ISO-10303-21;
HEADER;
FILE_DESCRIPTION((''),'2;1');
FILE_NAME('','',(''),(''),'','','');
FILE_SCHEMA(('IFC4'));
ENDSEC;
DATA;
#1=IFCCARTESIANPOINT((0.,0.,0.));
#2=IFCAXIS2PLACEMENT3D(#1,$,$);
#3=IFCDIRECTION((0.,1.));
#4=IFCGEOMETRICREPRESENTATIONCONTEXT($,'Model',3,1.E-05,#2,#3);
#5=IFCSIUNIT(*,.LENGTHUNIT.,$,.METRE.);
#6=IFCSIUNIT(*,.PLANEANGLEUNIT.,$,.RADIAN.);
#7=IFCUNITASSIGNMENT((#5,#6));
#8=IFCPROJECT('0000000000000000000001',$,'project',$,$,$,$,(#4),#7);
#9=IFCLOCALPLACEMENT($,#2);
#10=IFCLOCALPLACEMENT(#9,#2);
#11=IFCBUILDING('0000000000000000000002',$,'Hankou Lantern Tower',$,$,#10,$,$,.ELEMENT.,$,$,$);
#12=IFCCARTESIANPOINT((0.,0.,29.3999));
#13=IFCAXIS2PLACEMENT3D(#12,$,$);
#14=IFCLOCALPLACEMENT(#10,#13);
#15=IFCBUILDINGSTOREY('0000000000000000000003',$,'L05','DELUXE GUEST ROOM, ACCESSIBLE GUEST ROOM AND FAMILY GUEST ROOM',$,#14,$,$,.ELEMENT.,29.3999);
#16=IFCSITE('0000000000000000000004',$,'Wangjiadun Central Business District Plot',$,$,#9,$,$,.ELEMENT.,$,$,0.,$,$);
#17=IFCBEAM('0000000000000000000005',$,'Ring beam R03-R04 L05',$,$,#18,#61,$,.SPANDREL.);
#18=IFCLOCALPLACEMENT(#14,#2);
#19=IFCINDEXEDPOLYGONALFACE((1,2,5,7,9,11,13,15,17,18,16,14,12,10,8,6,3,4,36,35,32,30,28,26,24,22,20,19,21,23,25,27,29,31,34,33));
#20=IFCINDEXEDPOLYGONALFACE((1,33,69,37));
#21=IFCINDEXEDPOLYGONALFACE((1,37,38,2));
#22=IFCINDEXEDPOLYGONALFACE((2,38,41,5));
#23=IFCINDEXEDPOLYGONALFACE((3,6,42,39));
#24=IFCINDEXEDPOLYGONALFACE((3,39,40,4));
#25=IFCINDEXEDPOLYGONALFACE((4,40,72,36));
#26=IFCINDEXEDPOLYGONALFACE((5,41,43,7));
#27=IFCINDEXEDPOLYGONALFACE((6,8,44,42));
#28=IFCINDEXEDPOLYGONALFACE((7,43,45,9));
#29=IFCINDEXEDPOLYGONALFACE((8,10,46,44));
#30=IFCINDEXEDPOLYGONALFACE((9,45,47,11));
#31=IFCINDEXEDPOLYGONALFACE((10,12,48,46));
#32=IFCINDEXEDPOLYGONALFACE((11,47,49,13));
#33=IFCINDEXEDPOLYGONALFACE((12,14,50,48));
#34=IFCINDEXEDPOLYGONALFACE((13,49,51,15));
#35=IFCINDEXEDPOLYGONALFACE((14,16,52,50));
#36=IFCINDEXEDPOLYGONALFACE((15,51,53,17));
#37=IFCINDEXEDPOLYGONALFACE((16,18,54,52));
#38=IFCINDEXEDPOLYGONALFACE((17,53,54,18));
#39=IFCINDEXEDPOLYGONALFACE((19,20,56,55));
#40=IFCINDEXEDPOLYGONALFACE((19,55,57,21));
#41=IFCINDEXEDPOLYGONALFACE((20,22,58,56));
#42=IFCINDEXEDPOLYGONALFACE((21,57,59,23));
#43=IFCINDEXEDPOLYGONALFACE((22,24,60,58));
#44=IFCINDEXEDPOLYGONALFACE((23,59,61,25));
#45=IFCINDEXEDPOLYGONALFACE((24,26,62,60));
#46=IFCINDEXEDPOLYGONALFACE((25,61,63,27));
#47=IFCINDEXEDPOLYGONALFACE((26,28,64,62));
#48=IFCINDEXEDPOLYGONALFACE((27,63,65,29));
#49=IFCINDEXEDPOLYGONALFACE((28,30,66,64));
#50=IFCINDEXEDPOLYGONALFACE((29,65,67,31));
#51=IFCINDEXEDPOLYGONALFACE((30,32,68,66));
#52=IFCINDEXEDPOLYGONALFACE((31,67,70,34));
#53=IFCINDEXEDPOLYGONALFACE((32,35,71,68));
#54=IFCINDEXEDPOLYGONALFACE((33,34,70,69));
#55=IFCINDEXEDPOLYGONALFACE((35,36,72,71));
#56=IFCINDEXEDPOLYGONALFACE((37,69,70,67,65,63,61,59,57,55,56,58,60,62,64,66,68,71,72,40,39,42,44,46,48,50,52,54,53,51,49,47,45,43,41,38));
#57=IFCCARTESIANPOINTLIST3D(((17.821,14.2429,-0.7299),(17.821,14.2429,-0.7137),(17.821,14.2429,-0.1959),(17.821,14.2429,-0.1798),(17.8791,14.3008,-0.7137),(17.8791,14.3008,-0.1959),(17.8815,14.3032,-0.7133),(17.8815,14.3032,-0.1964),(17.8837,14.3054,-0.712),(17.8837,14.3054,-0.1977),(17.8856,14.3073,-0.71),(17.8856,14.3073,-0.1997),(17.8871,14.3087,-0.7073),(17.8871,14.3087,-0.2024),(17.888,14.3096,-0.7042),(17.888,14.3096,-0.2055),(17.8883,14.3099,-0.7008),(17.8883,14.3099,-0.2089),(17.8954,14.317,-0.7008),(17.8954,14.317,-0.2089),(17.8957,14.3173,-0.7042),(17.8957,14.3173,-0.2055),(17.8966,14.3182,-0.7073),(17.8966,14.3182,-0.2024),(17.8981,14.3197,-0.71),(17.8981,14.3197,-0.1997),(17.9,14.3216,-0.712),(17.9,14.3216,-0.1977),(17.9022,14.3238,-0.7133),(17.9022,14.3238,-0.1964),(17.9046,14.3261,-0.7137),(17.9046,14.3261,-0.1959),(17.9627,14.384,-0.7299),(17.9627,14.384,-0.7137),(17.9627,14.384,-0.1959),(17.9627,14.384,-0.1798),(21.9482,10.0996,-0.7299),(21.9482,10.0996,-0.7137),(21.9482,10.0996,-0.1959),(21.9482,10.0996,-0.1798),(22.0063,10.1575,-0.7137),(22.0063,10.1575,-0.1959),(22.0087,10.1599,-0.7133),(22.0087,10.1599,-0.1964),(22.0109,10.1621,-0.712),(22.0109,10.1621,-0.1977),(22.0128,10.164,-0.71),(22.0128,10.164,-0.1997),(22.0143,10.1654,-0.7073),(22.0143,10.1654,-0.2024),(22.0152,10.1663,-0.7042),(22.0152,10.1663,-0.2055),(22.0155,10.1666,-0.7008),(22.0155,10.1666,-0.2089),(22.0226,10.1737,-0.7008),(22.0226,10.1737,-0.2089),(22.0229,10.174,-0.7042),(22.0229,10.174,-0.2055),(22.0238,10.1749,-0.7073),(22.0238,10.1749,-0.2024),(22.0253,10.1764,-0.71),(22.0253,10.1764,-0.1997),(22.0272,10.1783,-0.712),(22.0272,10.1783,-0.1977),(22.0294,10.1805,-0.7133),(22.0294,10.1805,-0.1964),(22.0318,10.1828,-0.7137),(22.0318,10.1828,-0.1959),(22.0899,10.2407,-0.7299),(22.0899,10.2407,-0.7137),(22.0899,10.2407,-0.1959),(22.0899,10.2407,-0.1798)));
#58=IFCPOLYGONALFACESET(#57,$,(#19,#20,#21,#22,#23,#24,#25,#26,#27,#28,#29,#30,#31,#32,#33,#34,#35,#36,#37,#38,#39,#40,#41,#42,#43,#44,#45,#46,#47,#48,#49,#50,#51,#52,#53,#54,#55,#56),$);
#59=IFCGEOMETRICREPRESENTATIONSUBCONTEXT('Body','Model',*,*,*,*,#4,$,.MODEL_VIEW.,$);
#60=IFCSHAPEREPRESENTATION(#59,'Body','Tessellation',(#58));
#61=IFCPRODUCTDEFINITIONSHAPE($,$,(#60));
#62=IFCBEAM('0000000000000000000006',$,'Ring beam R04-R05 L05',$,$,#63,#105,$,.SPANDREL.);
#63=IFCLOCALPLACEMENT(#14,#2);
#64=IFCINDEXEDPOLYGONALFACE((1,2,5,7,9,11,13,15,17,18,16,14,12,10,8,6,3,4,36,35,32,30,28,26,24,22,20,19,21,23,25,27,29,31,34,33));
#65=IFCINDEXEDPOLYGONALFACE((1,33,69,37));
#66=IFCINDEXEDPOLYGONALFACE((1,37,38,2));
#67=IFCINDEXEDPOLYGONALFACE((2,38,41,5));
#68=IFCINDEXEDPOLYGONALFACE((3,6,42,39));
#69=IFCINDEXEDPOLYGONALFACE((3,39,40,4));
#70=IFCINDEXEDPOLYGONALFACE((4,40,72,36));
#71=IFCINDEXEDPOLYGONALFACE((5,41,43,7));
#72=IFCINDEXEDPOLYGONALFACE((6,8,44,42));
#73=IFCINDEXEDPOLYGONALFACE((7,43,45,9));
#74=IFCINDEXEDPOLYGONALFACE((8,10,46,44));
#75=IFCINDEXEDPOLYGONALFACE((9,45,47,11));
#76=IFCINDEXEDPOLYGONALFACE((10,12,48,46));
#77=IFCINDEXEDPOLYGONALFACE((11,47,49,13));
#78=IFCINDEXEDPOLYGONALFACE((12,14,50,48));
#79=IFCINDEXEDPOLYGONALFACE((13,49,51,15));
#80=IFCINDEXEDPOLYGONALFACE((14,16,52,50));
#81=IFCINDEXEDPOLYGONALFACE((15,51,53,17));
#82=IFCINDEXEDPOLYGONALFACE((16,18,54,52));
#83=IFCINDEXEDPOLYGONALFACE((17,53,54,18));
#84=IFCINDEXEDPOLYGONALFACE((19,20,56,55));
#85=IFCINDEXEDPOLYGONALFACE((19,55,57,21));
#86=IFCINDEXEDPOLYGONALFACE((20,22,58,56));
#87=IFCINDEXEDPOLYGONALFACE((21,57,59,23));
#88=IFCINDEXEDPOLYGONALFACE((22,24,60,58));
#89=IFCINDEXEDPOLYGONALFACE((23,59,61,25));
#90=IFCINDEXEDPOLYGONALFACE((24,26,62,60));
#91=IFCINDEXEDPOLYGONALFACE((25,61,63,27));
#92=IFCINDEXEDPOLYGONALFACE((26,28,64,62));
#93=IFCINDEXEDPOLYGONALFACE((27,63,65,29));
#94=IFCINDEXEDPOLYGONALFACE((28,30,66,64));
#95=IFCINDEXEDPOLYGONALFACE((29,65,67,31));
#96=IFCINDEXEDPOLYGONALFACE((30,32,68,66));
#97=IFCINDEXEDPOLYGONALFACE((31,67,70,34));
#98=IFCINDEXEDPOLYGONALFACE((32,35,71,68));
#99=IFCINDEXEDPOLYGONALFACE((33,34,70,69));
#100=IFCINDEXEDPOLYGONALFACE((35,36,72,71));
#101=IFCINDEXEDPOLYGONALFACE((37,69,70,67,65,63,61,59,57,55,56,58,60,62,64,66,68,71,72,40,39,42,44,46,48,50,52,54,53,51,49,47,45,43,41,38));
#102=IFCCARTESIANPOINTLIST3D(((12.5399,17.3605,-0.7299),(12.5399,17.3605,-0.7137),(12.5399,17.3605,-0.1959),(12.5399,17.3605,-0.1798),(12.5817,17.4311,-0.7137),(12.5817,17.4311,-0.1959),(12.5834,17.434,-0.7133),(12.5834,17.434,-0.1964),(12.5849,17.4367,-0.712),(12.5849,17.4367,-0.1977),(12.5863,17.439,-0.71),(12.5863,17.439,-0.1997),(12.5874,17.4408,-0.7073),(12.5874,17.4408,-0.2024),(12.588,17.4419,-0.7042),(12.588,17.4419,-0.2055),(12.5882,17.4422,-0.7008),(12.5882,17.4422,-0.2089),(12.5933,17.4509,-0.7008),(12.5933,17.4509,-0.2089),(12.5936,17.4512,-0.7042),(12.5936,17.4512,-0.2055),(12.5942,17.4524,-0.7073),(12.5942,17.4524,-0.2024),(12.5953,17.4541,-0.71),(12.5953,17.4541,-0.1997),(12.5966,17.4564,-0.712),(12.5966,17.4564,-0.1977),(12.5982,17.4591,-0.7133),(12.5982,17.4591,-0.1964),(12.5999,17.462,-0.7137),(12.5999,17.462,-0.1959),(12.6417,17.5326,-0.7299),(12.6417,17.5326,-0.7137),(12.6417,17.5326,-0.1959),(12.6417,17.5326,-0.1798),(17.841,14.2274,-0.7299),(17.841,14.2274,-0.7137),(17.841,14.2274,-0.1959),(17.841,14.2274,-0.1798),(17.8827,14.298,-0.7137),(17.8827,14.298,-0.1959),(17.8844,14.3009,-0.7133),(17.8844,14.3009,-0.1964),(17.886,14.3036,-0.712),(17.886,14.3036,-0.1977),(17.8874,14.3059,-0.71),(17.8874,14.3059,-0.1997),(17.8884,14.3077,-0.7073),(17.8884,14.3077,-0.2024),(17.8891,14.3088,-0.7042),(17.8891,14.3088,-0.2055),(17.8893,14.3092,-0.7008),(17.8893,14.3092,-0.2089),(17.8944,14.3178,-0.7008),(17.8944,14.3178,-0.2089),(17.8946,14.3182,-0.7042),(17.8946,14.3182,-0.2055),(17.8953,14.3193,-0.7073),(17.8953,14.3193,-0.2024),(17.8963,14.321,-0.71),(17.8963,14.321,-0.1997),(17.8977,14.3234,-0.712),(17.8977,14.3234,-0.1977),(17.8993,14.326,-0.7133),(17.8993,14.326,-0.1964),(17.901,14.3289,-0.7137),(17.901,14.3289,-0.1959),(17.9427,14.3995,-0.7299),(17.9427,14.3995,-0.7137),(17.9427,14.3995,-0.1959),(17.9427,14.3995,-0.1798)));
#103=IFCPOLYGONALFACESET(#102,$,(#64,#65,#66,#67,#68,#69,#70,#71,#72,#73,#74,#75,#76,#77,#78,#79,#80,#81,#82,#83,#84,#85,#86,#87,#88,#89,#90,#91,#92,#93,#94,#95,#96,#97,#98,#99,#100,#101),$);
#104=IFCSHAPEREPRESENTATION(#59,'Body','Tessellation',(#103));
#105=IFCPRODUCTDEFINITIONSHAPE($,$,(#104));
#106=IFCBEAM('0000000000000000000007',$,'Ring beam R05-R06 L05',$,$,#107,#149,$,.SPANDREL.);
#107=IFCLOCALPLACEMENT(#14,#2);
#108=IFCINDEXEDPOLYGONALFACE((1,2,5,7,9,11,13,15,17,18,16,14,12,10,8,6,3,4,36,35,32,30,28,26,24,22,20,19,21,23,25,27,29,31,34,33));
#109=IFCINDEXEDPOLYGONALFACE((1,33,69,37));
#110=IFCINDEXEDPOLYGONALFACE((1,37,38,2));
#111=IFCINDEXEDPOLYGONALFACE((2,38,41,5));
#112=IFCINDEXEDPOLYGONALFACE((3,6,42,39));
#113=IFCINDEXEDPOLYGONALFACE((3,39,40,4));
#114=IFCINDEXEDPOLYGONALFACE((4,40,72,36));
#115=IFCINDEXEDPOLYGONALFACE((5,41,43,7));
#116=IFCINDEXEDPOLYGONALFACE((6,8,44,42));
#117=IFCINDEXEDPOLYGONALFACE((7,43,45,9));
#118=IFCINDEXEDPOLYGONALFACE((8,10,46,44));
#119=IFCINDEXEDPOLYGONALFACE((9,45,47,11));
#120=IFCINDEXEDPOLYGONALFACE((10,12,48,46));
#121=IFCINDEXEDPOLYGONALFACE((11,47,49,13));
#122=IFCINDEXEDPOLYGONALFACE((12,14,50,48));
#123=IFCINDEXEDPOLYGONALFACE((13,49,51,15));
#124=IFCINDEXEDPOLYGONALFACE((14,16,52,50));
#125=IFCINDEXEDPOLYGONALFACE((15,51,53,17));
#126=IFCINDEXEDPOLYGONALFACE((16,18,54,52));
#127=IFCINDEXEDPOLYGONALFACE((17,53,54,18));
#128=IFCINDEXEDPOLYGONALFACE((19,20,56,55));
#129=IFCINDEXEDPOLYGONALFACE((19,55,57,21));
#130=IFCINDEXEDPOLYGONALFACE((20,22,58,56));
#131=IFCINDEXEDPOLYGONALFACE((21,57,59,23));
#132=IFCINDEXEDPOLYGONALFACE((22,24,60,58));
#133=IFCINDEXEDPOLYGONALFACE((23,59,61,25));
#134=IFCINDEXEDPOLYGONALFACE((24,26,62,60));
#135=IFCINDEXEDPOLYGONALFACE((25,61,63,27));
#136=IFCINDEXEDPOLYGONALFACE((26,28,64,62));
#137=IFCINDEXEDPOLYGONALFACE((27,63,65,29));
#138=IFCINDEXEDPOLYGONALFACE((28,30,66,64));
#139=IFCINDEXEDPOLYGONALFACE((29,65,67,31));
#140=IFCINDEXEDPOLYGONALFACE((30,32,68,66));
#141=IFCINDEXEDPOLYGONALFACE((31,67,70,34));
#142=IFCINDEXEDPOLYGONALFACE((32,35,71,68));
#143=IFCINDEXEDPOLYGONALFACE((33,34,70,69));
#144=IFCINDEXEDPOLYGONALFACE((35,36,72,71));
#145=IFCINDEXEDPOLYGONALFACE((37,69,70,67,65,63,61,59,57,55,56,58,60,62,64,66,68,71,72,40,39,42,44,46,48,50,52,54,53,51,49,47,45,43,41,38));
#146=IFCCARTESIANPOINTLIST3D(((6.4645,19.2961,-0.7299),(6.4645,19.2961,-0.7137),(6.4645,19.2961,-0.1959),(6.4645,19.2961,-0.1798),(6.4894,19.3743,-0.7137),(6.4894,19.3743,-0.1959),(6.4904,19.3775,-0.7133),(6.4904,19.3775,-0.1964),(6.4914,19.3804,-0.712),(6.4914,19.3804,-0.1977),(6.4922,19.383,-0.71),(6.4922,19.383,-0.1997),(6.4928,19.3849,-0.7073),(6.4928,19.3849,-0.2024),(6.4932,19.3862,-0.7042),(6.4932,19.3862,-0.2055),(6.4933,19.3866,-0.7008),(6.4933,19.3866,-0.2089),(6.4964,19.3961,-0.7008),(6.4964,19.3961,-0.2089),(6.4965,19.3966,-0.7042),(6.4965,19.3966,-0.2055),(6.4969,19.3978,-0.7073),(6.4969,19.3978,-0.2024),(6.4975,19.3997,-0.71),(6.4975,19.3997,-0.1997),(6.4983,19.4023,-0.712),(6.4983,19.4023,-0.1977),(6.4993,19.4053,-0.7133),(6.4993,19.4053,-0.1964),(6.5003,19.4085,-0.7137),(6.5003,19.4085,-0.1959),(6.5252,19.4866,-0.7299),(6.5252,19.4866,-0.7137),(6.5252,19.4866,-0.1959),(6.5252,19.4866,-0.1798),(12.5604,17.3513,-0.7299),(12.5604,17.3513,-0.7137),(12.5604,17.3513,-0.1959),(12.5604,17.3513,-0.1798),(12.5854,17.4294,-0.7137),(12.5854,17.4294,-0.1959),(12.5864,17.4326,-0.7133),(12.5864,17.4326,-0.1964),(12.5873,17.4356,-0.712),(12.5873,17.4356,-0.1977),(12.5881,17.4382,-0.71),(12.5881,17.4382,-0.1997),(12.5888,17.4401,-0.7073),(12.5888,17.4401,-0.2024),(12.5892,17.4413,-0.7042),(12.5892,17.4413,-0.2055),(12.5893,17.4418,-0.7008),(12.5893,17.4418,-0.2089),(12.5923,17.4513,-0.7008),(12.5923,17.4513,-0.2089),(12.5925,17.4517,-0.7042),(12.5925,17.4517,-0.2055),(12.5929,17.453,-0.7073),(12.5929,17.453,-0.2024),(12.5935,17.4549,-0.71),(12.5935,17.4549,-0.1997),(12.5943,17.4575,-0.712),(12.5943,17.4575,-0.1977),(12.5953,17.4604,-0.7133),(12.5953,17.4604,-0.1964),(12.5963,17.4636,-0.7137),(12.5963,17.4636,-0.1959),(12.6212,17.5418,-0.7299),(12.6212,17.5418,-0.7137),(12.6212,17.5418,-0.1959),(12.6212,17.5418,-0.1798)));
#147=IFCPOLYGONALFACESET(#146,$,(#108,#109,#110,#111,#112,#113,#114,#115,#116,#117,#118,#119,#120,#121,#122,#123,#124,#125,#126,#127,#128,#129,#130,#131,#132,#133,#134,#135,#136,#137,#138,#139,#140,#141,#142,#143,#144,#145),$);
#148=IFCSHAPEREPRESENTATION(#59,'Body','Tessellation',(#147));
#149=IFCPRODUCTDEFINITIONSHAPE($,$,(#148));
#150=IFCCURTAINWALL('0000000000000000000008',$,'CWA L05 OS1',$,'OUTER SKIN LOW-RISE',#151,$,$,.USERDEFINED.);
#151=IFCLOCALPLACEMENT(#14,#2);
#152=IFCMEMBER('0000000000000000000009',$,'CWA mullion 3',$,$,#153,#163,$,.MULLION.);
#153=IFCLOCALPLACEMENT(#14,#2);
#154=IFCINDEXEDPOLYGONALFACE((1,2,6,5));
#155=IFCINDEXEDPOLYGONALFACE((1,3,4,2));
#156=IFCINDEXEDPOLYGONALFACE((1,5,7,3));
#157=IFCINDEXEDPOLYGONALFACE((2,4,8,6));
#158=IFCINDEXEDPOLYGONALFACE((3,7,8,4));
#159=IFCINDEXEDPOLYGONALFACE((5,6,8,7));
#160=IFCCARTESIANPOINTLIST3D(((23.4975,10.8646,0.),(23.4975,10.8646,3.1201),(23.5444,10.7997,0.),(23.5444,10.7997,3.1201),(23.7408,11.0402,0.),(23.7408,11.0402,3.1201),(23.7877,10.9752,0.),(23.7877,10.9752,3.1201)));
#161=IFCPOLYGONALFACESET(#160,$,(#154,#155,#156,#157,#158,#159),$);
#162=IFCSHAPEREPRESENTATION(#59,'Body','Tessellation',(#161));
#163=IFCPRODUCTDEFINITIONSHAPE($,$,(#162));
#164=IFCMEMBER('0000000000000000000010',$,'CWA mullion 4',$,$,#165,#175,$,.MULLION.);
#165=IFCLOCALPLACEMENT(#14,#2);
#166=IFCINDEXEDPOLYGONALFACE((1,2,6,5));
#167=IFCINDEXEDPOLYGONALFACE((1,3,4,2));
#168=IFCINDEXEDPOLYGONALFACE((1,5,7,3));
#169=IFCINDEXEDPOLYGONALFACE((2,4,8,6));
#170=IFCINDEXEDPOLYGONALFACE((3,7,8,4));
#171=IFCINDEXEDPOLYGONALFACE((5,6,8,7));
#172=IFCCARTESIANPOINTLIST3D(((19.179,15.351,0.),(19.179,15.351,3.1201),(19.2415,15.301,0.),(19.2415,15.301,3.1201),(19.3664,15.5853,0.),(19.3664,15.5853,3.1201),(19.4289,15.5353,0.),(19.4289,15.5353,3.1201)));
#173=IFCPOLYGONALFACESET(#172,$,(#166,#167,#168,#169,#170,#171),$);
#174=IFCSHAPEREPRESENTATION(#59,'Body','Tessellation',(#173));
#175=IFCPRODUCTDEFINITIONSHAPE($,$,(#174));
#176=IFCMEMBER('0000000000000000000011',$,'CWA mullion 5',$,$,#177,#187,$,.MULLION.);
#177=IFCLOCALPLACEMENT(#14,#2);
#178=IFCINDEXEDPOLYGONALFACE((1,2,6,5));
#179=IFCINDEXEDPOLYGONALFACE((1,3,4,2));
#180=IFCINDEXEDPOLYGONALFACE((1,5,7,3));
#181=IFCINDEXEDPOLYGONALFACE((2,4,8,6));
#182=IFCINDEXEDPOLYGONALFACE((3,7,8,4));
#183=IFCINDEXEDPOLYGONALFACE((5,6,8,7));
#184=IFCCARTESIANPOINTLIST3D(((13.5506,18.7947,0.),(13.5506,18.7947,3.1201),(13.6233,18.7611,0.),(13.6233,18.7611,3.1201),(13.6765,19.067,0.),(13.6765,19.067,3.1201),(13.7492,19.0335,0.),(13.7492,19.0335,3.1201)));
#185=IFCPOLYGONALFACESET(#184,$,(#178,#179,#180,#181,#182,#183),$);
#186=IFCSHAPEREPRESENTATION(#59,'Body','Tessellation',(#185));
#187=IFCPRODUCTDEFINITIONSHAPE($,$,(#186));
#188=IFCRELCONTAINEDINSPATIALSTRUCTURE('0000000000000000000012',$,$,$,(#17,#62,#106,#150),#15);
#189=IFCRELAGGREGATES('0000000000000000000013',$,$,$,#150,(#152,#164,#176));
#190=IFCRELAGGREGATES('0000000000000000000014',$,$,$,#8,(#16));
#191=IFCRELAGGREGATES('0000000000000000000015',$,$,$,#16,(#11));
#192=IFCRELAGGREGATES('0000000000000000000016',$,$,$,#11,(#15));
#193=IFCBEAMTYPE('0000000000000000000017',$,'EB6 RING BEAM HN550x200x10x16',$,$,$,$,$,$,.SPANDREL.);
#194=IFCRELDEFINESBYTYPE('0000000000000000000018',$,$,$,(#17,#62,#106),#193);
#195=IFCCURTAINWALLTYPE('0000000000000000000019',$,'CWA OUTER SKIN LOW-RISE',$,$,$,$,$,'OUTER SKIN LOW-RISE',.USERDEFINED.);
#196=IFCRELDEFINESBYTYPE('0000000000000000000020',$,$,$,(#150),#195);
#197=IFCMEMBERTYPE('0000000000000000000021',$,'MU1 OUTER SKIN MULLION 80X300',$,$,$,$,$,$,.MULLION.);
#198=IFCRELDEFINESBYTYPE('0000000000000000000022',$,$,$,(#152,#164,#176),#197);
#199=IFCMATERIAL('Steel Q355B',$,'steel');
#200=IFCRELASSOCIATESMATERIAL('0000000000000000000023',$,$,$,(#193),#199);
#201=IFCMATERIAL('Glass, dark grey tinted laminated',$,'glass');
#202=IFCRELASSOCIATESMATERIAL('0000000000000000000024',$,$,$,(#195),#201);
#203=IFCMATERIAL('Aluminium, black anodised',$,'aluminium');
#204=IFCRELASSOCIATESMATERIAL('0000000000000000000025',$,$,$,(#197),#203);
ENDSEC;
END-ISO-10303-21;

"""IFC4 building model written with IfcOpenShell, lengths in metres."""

from ifc_helpers import new_model, si_unit, direction, frame, origin, origin_2d, place, context, subcontext, project, spatial, rectangle, i_section, extrude, material, material_profile, profile_set, type_object, element, aggregate, save


model = new_model("IFC4")

# Units and contexts
model_context = context("Model", 3, precision=1e-05, world=origin(), true_north=direction((0.0, 1.0)))
body_context = subcontext(model_context, "Body", "Model", "MODEL_VIEW")
ifc_project = project(units=[si_unit("LENGTHUNIT", "METRE"), si_unit("PLANEANGLEUNIT", "RADIAN")], contexts=[model_context])

# Site, building, storey
site_placement = place(None, origin())
site = spatial("IfcSite", under=ifc_project, at=site_placement, Name="Wangjiadun Central Business District Plot", CompositionType="ELEMENT", RefElevation=0.0)
building_placement = place(site_placement, origin())
building = spatial("IfcBuilding", under=site, at=building_placement, Name="Hankou Lantern Tower", CompositionType="ELEMENT")
storey_placement = place(building_placement, frame((0.0, 0.0, 29.3999)))
storey = spatial("IfcBuildingStorey", under=building, at=storey_placement, Name="L05", Description="DELUXE GUEST ROOM, ACCESSIBLE GUEST ROOM AND FAMILY GUEST ROOM", CompositionType="ELEMENT", Elevation=29.3999)

# Beams
ifc_material_1 = material(Name="Steel Q355B", Category="steel")
ifc_material_profile_1 = material_profile(ifc_material_1, i_section(OverallWidth=0.2, OverallDepth=0.55, WebThickness=0.01, FlangeThickness=0.0161, FilletRadius=0.0129, at=origin_2d()), Name="HN550x200x10x16")
ifc_profile_set_1 = profile_set([ifc_material_profile_1], Name="Steel Q355B")
beam_type_1 = type_object("IfcBeamType", Name="EB6 RING BEAM HN550x200x10x16", PredefinedType="SPANDREL", material=ifc_profile_set_1)
beam_1_placement = place(storey_placement, frame((22.019, 10.1702, -0.4548), z_axis=(-0.705728, 0.708483, 0.0), x_axis=(-0.708483, -0.705728, 0.0)))
element("IfcBeam", 1, at=beam_1_placement, inside=storey, type_object=beam_type_1, Name="Ring beam R03-R04 L05", PredefinedType="SPANDREL", context=body_context, shape_type="SweptSolid", body=[
    extrude(i_section(OverallWidth=0.2, OverallDepth=0.55, WebThickness=0.01, FlangeThickness=0.0161, FilletRadius=0.0129, at=origin_2d()), origin(), (0.0, 0.0, 1.0), 5.8481),
])
beam_2_placement = place(storey_placement, frame((17.8918, 14.3135, -0.4548), z_axis=(-0.860882, 0.508805, 0.0), x_axis=(-0.508805, -0.860882, 0.0)))
element("IfcBeam", 2, at=beam_2_placement, inside=storey, type_object=beam_type_1, Name="Ring beam R04-R05 L05", PredefinedType="SPANDREL", context=body_context, shape_type="SweptSolid", body=[
    extrude(i_section(OverallWidth=0.2, OverallDepth=0.55, WebThickness=0.01, FlangeThickness=0.0161, FilletRadius=0.0129, at=origin_2d()), origin(), (0.0, 0.0, 1.0), 6.1577),
])
beam_3_placement = place(storey_placement, frame((12.5908, 17.4465, -0.4548), z_axis=(-0.95269, 0.303942, 0.0), x_axis=(-0.303942, -0.95269, 0.0)))
element("IfcBeam", 3, at=beam_3_placement, inside=storey, type_object=beam_type_1, Name="Ring beam R05-R06 L05", PredefinedType="SPANDREL", context=body_context, shape_type="SweptSolid", body=[
    extrude(i_section(OverallWidth=0.2, OverallDepth=0.55, WebThickness=0.01, FlangeThickness=0.0161, FilletRadius=0.0129, at=origin_2d()), origin(), (0.0, 0.0, 1.0), 6.3987),
])

# Curtain wall, members
ifc_material_2 = material(Name="Glass, dark grey tinted laminated", Category="glass")
curtain_wall_type = type_object("IfcCurtainWallType", Name="CWA OUTER SKIN LOW-RISE", ElementType="OUTER SKIN LOW-RISE", PredefinedType="USERDEFINED", material=ifc_material_2)
curtain_wall_placement = place(storey_placement, origin())
curtain_wall = element("IfcCurtainWall", 4, at=curtain_wall_placement, inside=storey, type_object=curtain_wall_type, Name="CWA L05 OS1", ObjectType="OUTER SKIN LOW-RISE", PredefinedType="USERDEFINED")
ifc_material_3 = material(Name="Aluminium, black anodised", Category="aluminium")
ifc_material_profile_2 = material_profile(ifc_material_3, rectangle(XDim=0.0801, YDim=0.3, at=origin_2d()), Name="MU1 80X300")
ifc_profile_set_2 = profile_set([ifc_material_profile_2], Name="Aluminium, black anodised")
member_type_1 = type_object("IfcMemberType", Name="MU1 OUTER SKIN MULLION 80X300", PredefinedType="MULLION", material=ifc_profile_set_2)
member_1_placement = place(storey_placement, frame((23.6426, 10.9199, 0.0), z_axis=(0.0, 0.0, 1.0), x_axis=(-0.585206, 0.810885, 0.0)))
member_1 = element("IfcMember", 5, at=member_1_placement, type_object=member_type_1, Name="CWA mullion 3", PredefinedType="MULLION", context=body_context, shape_type="SweptSolid", body=[
    extrude(rectangle(XDim=0.0801, YDim=0.3, at=origin_2d()), origin(), (0.0, 0.0, 1.0), 3.1201),
])
member_2_placement = place(storey_placement, frame((19.304, 15.4431, 0.0), z_axis=(0.0, 0.0, 1.0), x_axis=(-0.780869, 0.624695, 0.0)))
member_2 = element("IfcMember", 6, at=member_2_placement, type_object=member_type_1, Name="CWA mullion 4", PredefinedType="MULLION", context=body_context, shape_type="SweptSolid", body=[
    extrude(rectangle(XDim=0.0801, YDim=0.3, at=origin_2d()), origin(), (0.0, 0.0, 1.0), 3.1201),
])
member_3_placement = place(storey_placement, frame((13.6499, 18.9141, 0.0), z_axis=(0.0, 0.0, 1.0), x_axis=(-0.907841, 0.419314, 0.0)))
member_3 = element("IfcMember", 7, at=member_3_placement, type_object=member_type_1, Name="CWA mullion 5", PredefinedType="MULLION", context=body_context, shape_type="SweptSolid", body=[
    extrude(rectangle(XDim=0.0801, YDim=0.3, at=origin_2d()), origin(), (0.0, 0.0, 1.0), 3.1201),
])

aggregate(curtain_wall, [member_1, member_2, member_3])

save(model, "model.ifc")
